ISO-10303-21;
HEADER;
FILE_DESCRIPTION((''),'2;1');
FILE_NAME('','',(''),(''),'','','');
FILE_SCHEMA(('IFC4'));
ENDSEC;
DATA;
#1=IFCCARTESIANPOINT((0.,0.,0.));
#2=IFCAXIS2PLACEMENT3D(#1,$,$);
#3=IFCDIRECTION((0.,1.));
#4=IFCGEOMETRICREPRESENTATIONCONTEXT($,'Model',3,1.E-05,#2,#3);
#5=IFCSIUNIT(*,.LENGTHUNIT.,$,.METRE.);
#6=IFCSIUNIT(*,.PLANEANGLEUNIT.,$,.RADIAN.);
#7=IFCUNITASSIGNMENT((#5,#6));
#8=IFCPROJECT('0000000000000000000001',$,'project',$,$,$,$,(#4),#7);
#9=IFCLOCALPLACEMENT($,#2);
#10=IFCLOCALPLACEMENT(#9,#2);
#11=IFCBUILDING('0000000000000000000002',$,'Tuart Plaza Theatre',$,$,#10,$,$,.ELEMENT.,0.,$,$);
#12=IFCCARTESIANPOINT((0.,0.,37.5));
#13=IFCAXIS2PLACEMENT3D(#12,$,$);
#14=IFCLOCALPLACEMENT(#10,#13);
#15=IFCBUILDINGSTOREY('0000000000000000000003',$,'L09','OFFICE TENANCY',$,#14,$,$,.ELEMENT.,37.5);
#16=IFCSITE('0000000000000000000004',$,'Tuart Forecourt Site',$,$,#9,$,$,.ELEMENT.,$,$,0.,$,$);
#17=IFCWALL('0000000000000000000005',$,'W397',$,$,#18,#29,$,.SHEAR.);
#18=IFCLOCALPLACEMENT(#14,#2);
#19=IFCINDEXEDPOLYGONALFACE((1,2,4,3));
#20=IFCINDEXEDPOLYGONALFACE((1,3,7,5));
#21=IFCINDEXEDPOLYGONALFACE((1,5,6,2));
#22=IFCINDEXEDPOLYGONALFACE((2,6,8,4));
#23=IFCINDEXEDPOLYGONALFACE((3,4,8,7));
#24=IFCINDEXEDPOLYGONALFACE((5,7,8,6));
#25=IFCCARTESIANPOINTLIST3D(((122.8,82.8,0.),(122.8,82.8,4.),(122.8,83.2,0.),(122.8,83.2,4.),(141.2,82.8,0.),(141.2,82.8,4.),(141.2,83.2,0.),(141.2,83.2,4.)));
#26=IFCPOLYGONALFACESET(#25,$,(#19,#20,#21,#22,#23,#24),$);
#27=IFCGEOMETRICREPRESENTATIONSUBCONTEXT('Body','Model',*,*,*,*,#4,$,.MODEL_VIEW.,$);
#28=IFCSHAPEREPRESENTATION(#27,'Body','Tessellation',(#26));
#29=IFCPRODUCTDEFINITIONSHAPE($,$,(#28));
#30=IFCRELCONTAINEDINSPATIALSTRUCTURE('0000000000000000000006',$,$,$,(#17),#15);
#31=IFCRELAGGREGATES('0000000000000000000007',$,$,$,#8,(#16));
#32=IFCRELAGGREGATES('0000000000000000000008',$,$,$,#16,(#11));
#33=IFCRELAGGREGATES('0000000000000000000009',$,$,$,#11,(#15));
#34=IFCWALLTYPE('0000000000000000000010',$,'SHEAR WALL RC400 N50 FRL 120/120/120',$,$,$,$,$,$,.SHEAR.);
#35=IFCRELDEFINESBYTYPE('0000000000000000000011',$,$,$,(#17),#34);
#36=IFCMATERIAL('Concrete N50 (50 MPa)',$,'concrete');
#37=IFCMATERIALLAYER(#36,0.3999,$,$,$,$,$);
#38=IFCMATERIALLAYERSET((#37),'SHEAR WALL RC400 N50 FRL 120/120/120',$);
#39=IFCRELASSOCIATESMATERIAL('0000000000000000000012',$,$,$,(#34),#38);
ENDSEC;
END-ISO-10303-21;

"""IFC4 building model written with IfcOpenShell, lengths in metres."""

from ifc_helpers import new_model, si_unit, direction, frame, frame_2d, origin, place, context, subcontext, project, spatial, rectangle, extrude, material, layer, layer_set, type_object, element, save


model = new_model("IFC4")

# Units and contexts
model_context = context("Model", 3, precision=1e-05, world=origin(), true_north=direction((0.0, 1.0)))
body_context = subcontext(model_context, "Body", "Model", "MODEL_VIEW")
ifc_project = project(units=[si_unit("LENGTHUNIT", "METRE"), si_unit("PLANEANGLEUNIT", "RADIAN")], contexts=[model_context])

# Site, building, storey
site_placement = place(None, origin())
site = spatial("IfcSite", under=ifc_project, at=site_placement, Name="Tuart Forecourt Site", CompositionType="ELEMENT", RefElevation=0.0)
building_placement = place(site_placement, origin())
building = spatial("IfcBuilding", under=site, at=building_placement, Name="Tuart Plaza Theatre", CompositionType="ELEMENT", ElevationOfRefHeight=0.0)
storey_placement = place(building_placement, frame((0.0, 0.0, 37.5)))
storey = spatial("IfcBuildingStorey", under=building, at=storey_placement, Name="L09", Description="OFFICE TENANCY", CompositionType="ELEMENT", Elevation=37.5)

# Wall
ifc_material_1 = material(Name="Concrete N50 (50 MPa)", Category="concrete")
ifc_layer_1 = layer(ifc_material_1, 0.3999)
ifc_layer_set_1 = layer_set([ifc_layer_1], Name="SHEAR WALL RC400 N50 FRL 120/120/120")
wall_type_1 = type_object("IfcWallType", Name="SHEAR WALL RC400 N50 FRL 120/120/120", PredefinedType="SHEAR", material=ifc_layer_set_1)
wall_1_placement = place(storey_placement, frame((141.2, 83.0, 0.0), z_axis=(0.0, 0.0, 1.0), x_axis=(-1.0, 0.0, 0.0)))
element("IfcWall", 1, at=wall_1_placement, inside=storey, type_object=wall_type_1, Name="W397", PredefinedType="SHEAR", context=body_context, shape_type="SweptSolid", body=[
    extrude(rectangle(XDim=18.3999, YDim=0.3999, at=frame_2d((9.2, 0.0))), origin(), (0.0, 0.0, 1.0), 4.0),
])

save(model, "model.ifc")
